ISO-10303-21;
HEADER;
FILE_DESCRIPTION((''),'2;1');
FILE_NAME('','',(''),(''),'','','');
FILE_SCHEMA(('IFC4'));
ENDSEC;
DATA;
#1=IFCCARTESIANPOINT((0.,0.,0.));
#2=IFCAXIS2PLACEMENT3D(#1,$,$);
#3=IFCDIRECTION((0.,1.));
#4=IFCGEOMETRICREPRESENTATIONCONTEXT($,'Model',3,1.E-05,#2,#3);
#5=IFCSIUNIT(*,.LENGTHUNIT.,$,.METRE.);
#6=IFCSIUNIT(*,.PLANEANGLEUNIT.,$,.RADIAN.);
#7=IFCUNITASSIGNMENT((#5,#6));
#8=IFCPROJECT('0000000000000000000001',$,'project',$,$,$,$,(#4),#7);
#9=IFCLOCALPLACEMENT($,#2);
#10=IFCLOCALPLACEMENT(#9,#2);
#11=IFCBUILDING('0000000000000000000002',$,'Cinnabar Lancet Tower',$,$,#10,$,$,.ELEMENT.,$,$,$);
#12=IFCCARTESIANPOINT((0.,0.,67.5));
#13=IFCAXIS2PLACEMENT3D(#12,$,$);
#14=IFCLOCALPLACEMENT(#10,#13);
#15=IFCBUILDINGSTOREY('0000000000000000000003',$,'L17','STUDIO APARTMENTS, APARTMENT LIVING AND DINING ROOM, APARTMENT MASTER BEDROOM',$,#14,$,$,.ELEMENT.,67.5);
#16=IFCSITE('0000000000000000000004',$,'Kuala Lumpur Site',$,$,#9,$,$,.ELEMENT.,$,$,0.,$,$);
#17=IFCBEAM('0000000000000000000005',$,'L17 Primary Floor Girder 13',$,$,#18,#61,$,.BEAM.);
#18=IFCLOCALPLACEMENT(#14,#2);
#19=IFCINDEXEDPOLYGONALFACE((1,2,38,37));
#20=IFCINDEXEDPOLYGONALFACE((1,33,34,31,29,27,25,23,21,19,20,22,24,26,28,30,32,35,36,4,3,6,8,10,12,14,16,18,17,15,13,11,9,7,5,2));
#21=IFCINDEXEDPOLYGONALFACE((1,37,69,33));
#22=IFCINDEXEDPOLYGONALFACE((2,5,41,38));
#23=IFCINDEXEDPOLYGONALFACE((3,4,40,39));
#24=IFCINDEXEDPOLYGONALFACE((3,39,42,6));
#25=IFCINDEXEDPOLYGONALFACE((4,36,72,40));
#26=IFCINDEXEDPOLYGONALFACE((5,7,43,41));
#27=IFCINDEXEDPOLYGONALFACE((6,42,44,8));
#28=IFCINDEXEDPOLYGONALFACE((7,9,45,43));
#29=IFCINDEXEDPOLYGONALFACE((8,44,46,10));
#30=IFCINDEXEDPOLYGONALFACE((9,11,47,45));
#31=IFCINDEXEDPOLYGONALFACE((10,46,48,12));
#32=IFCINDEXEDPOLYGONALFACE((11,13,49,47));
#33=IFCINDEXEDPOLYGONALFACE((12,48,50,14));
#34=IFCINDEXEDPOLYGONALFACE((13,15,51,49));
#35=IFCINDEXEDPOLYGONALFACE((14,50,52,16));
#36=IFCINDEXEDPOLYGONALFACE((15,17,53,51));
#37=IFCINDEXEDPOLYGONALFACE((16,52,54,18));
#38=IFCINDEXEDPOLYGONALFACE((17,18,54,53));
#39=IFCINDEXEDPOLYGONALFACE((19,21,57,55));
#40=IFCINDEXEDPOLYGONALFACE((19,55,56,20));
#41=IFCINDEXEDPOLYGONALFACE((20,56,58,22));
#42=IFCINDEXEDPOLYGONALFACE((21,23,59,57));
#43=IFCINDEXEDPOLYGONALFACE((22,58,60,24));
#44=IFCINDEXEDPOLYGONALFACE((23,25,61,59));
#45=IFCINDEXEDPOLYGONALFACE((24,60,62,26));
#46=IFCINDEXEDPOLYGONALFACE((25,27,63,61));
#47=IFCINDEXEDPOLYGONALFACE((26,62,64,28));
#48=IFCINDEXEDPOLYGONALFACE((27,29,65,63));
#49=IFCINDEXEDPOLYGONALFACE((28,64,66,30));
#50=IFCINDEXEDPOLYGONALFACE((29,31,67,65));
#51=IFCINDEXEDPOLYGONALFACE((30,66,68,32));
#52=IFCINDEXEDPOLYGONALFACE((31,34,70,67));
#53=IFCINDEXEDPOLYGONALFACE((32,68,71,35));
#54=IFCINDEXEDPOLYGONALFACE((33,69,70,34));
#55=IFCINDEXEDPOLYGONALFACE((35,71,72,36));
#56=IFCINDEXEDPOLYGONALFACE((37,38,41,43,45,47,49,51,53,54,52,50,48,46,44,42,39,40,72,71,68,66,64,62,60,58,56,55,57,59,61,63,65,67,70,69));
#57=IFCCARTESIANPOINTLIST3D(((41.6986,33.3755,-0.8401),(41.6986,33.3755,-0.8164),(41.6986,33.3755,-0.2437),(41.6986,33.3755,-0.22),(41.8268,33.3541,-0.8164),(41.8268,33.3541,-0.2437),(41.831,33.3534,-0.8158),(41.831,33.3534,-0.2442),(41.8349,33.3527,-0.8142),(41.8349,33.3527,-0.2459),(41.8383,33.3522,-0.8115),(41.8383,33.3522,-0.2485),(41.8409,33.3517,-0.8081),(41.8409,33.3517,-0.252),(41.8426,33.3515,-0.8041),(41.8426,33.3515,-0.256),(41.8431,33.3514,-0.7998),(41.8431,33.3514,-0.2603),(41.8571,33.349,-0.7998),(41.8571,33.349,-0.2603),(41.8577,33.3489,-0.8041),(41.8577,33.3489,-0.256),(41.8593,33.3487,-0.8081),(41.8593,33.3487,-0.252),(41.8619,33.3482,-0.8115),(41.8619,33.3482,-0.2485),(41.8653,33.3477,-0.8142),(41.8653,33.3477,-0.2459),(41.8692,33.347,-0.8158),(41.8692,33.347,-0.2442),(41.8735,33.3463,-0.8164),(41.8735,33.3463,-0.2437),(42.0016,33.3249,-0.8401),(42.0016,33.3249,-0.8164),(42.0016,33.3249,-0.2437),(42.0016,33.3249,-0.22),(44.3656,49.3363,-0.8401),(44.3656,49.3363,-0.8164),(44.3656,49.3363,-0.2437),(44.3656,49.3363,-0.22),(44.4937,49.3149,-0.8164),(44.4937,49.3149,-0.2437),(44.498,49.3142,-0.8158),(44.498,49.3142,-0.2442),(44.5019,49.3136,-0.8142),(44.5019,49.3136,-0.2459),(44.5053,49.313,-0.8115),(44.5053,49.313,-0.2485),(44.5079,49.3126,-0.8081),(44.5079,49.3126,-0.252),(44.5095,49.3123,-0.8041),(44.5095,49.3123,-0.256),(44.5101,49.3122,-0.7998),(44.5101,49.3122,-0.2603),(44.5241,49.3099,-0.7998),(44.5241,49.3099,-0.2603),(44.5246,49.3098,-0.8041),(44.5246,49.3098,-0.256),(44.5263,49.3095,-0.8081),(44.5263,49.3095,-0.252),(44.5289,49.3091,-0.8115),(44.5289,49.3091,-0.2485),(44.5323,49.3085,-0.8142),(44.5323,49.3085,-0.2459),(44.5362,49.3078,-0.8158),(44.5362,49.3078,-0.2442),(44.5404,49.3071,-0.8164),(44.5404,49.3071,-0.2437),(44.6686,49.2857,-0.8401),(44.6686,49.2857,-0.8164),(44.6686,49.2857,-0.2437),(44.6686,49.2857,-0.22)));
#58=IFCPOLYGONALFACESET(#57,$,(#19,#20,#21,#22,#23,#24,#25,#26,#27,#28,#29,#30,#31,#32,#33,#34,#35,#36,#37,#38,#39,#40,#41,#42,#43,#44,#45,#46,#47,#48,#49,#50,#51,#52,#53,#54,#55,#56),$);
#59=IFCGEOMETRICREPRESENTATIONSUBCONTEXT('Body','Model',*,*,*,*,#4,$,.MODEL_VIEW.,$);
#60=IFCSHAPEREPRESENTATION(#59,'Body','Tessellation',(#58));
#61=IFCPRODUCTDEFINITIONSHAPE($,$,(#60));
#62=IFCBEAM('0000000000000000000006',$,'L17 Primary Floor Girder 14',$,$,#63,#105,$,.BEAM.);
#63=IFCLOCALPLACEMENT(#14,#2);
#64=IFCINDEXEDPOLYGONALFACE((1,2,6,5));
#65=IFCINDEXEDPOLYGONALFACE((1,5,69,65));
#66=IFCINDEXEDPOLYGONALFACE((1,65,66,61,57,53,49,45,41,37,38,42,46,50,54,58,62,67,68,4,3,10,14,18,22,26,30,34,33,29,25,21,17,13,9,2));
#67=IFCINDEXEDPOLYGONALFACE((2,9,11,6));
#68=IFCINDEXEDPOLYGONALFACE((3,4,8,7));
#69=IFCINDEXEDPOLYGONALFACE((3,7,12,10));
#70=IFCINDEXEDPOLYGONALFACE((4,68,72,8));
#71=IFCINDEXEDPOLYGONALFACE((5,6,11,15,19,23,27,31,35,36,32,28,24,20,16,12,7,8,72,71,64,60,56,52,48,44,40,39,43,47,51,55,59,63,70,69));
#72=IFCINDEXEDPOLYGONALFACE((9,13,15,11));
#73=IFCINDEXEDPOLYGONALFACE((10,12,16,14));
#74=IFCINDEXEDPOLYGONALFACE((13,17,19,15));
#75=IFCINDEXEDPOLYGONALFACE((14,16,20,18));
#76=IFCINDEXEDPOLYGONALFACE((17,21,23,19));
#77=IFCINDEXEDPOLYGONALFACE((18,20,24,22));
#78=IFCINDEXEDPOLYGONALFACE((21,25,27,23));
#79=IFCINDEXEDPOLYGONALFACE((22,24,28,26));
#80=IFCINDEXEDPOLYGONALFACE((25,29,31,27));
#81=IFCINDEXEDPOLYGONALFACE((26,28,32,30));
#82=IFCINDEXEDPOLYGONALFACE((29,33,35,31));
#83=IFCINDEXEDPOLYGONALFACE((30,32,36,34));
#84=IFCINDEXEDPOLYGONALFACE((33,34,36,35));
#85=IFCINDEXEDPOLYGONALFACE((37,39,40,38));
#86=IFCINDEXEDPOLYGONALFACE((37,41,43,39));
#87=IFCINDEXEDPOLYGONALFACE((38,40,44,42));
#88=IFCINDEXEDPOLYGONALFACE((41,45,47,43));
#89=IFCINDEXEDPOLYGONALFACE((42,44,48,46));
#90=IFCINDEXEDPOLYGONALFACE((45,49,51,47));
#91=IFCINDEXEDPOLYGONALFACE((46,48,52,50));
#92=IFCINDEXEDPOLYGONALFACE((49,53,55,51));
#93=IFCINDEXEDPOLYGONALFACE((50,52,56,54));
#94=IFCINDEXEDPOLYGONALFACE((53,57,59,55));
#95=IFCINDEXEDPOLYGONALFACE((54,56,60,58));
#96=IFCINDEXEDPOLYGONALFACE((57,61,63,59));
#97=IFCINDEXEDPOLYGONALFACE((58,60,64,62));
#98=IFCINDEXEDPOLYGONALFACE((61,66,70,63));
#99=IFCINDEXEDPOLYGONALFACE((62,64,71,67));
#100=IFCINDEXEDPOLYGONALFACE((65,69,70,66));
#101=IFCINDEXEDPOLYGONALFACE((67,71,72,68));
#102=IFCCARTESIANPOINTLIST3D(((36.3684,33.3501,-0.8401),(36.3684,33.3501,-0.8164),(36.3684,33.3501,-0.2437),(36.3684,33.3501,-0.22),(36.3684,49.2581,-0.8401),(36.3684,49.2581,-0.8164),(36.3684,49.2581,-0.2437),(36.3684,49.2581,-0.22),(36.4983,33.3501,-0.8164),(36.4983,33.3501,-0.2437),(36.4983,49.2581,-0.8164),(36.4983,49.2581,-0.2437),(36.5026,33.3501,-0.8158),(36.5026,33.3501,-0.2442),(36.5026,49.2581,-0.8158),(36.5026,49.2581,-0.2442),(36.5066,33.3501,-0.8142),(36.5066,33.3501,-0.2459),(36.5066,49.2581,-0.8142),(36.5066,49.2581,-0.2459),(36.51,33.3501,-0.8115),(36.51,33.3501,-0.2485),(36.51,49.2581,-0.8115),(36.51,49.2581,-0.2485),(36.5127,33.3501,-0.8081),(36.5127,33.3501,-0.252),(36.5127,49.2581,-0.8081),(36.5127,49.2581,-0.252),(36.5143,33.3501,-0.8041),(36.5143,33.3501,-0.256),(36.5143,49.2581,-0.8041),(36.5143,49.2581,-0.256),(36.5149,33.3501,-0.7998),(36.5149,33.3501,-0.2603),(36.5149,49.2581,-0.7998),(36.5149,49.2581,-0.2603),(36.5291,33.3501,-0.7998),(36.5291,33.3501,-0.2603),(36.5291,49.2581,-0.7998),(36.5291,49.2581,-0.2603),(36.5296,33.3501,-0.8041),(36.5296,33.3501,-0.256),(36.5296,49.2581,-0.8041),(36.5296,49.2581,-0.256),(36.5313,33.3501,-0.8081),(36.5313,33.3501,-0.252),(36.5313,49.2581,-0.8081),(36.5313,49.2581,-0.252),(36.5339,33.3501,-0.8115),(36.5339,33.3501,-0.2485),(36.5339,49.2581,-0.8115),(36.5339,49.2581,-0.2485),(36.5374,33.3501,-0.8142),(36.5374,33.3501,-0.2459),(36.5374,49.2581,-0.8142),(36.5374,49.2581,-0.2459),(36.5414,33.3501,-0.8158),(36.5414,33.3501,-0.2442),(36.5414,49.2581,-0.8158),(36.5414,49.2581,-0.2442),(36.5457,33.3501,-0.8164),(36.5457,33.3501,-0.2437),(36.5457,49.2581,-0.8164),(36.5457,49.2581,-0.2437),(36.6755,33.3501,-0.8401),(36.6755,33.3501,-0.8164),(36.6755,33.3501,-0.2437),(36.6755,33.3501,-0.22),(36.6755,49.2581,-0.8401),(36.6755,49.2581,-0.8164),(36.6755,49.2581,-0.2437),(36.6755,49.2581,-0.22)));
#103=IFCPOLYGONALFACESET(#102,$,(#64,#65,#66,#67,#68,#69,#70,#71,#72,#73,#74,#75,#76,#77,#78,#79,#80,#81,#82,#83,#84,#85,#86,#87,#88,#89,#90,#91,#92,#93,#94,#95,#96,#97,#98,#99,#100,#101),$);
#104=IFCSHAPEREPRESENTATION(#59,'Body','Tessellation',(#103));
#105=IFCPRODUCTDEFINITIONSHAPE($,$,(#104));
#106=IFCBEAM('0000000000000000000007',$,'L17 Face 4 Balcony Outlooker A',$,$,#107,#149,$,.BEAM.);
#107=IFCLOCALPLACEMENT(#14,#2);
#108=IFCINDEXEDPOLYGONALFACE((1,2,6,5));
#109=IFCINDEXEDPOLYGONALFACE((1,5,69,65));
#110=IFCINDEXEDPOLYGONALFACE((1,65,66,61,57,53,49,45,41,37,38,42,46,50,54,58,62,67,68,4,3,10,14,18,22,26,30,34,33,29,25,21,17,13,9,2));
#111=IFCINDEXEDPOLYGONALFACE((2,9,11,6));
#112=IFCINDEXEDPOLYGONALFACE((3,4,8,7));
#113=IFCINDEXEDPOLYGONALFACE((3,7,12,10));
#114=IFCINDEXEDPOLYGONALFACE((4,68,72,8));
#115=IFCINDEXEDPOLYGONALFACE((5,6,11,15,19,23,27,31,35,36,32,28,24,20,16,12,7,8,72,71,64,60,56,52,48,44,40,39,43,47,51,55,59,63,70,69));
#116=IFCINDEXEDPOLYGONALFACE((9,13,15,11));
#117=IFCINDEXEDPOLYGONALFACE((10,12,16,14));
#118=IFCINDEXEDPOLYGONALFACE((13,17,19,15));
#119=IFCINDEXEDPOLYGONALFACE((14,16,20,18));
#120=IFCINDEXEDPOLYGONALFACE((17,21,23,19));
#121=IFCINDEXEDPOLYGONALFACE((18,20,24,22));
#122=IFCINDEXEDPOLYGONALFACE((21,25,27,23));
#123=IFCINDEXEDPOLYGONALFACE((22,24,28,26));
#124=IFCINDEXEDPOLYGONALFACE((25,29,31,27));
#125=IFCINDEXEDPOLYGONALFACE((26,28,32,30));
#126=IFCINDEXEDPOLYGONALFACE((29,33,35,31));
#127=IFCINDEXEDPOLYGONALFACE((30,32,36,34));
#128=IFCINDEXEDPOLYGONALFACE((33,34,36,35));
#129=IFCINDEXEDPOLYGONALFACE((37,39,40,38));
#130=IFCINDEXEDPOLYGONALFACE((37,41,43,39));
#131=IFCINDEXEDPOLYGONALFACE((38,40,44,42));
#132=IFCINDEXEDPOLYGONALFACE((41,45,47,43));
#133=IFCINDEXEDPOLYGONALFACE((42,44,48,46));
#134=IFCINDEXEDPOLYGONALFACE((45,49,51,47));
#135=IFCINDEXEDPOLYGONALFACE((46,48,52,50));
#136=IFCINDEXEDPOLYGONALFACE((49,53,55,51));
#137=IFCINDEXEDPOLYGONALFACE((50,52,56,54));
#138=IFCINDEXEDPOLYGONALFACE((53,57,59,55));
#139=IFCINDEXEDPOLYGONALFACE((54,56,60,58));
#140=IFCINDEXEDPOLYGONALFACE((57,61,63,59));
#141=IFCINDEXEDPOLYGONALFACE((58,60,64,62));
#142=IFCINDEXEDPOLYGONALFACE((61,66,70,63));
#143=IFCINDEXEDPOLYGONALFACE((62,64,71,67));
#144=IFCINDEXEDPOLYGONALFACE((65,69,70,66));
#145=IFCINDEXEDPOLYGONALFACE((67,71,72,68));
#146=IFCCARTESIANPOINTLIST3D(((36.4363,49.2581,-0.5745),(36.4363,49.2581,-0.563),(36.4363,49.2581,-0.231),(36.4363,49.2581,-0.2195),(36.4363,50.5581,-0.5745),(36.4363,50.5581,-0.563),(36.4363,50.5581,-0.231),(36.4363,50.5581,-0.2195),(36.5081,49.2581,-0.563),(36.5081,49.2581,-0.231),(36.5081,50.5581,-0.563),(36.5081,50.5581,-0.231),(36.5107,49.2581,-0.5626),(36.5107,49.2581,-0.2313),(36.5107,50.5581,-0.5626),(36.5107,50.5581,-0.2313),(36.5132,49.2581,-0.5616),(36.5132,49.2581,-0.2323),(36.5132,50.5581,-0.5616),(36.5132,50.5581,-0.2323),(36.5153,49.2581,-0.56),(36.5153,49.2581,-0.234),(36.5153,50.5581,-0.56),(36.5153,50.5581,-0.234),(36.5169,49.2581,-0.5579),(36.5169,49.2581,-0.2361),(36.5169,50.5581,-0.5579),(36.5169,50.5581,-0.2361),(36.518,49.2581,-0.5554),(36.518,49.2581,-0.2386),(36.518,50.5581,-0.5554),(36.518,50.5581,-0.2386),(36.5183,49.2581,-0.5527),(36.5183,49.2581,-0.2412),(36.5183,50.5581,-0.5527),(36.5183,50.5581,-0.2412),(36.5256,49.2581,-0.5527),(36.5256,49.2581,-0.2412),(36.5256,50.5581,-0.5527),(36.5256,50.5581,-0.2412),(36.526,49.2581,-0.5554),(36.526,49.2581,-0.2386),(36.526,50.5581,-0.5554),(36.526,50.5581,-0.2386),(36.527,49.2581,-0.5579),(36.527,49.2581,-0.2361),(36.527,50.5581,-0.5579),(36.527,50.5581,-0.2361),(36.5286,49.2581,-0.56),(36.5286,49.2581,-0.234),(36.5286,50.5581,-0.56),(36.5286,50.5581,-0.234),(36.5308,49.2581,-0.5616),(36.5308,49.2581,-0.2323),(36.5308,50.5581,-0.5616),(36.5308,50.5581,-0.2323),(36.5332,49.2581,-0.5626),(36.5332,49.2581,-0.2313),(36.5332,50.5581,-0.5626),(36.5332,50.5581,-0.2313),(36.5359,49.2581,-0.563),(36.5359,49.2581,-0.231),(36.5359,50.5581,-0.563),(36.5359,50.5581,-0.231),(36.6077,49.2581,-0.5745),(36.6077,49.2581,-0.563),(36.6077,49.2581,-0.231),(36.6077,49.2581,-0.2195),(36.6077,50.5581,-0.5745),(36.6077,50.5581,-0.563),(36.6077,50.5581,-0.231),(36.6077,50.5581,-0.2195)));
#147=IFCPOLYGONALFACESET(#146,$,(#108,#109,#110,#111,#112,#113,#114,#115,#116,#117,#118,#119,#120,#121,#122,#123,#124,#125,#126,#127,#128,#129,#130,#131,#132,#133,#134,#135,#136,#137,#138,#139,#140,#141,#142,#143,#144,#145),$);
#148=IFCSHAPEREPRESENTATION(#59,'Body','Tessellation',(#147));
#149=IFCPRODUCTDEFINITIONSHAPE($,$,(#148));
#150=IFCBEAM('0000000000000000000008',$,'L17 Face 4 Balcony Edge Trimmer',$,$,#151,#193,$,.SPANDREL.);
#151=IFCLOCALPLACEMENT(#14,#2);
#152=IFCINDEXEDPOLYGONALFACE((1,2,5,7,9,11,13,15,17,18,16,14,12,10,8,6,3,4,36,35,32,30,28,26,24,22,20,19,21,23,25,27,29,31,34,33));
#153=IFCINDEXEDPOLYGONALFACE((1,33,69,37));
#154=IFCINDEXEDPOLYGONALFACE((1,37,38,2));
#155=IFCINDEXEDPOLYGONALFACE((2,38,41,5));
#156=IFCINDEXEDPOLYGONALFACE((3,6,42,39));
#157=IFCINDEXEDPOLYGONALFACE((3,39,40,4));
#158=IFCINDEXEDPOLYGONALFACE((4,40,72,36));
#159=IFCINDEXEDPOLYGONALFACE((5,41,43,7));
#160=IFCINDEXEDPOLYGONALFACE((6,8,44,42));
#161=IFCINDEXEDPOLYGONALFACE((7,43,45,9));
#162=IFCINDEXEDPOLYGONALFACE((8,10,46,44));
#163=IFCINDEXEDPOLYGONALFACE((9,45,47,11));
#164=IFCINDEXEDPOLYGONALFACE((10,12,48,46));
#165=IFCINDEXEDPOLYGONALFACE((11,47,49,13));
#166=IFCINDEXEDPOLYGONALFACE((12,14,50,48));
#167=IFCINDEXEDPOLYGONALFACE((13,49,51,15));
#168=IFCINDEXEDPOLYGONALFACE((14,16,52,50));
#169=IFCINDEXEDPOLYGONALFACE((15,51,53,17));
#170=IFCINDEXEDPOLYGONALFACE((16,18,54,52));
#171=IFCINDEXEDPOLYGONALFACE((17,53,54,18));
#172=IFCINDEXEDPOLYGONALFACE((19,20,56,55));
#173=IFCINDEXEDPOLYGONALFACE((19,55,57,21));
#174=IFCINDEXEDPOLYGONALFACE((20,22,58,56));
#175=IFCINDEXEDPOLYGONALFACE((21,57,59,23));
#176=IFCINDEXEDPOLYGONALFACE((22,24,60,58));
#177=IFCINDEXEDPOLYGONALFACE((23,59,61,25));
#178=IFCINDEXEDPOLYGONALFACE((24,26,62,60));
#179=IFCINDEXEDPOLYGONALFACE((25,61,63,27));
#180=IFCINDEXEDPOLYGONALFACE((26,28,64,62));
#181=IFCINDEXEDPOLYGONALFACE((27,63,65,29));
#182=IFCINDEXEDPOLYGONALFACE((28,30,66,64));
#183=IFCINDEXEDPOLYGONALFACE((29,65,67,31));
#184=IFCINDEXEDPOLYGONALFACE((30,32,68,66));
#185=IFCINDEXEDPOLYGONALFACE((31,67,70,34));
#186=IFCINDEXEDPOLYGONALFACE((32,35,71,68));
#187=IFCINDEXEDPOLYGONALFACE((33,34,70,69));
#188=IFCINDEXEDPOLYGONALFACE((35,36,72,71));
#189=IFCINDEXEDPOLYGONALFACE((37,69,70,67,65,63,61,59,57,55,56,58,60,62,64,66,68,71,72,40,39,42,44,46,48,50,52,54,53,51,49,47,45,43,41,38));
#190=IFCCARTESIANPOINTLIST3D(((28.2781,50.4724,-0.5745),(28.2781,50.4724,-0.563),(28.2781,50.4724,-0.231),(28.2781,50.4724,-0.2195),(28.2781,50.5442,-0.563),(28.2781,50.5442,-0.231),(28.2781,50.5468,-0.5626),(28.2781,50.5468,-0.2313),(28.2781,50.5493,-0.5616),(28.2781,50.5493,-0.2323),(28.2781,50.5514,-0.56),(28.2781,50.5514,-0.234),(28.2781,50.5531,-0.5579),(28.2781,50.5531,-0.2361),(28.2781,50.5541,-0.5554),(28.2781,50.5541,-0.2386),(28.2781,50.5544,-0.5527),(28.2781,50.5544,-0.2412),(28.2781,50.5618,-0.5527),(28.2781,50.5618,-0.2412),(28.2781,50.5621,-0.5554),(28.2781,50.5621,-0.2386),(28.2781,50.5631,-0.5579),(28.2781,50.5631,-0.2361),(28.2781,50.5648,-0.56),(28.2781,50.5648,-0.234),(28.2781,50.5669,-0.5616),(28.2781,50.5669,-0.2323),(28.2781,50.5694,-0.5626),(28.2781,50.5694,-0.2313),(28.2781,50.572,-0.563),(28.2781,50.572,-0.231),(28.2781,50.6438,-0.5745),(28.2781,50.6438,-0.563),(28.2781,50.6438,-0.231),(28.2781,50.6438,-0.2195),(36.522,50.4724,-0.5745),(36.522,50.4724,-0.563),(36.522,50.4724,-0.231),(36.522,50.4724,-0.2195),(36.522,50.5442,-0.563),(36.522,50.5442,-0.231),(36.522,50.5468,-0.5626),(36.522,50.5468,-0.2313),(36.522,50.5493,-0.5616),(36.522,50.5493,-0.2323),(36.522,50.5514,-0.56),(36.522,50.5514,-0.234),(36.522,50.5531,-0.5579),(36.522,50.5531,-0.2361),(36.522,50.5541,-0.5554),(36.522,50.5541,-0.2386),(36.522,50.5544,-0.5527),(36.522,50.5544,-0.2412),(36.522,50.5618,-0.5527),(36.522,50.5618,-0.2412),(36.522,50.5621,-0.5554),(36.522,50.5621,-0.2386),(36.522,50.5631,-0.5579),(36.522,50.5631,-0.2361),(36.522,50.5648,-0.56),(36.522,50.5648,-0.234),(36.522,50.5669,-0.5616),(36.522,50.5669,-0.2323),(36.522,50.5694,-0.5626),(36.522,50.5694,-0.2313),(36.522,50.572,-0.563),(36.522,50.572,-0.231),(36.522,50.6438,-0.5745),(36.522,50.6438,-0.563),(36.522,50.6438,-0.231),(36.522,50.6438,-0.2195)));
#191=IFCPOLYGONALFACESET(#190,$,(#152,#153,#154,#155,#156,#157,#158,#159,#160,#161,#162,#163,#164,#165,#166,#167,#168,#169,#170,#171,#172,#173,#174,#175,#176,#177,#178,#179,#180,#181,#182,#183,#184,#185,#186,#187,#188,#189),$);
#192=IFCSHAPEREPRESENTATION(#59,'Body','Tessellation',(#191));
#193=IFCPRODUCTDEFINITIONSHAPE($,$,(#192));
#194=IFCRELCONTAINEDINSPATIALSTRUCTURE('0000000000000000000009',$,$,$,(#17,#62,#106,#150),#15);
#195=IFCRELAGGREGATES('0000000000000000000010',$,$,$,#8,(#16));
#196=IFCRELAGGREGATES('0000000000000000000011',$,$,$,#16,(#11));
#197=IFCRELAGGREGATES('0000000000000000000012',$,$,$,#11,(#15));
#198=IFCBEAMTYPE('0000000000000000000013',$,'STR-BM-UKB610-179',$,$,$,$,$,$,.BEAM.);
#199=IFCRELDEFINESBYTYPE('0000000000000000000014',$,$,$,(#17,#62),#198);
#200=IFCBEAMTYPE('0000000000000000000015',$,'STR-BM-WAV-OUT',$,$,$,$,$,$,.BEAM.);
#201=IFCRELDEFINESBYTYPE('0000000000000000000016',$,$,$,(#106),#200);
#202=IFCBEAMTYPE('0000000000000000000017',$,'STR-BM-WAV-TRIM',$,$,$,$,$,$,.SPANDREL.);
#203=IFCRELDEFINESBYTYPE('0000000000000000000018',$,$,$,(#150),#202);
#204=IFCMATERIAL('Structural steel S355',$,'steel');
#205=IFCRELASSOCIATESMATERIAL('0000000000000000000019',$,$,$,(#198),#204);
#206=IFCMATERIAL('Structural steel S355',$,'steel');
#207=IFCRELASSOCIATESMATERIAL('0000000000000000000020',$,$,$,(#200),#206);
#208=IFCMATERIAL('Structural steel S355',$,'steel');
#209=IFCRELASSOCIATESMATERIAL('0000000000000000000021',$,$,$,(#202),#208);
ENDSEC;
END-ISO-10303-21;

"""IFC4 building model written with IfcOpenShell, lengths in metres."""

from ifc_helpers import new_model, si_unit, direction, frame, origin, origin_2d, place, context, subcontext, project, spatial, i_section, extrude, material, material_profile, profile_set, type_object, element, save


model = new_model("IFC4")

# Units and contexts
model_context = context("Model", 3, precision=1e-05, world=origin(), true_north=direction((0.0, 1.0)))
body_context = subcontext(model_context, "Body", "Model", "MODEL_VIEW")
ifc_project = project(units=[si_unit("LENGTHUNIT", "METRE"), si_unit("PLANEANGLEUNIT", "RADIAN")], contexts=[model_context])

# Site, building, storey
site_placement = place(None, origin())
site = spatial("IfcSite", under=ifc_project, at=site_placement, Name="Kuala Lumpur Site", CompositionType="ELEMENT", RefElevation=0.0)
building_placement = place(site_placement, origin())
building = spatial("IfcBuilding", under=site, at=building_placement, Name="Cinnabar Lancet Tower", CompositionType="ELEMENT")
storey_placement = place(building_placement, frame((0.0, 0.0, 67.5)))
storey = spatial("IfcBuildingStorey", under=building, at=storey_placement, Name="L17", Description="STUDIO APARTMENTS, APARTMENT LIVING AND DINING ROOM, APARTMENT MASTER BEDROOM", CompositionType="ELEMENT", Elevation=67.5)

# Beams
ifc_material_1 = material(Name="Structural steel S355", Category="steel")
ifc_material_profile_1 = material_profile(ifc_material_1, i_section(OverallWidth=0.3071, OverallDepth=0.6201, WebThickness=0.0142, FlangeThickness=0.0237, FilletRadius=0.0166, at=origin_2d()), Name="UKB 610x305x179")
ifc_profile_set_1 = profile_set([ifc_material_profile_1], Name="Structural steel S355")
beam_type_1 = type_object("IfcBeamType", Name="STR-BM-UKB610-179", PredefinedType="BEAM", material=ifc_profile_set_1)
beam_1_placement = place(storey_placement, frame((44.5171, 49.311, -0.53), z_axis=(-0.16481, -0.986325, 0.0), x_axis=(0.986325, -0.16481, 0.0)))
element("IfcBeam", 1, at=beam_1_placement, inside=storey, type_object=beam_type_1, Name="L17 Primary Floor Girder 13", PredefinedType="BEAM", context=body_context, shape_type="SweptSolid", body=[
    extrude(i_section(OverallWidth=0.3071, OverallDepth=0.6201, WebThickness=0.0142, FlangeThickness=0.0237, FilletRadius=0.0166, at=origin_2d()), origin(), (0.0, 0.0, 1.0), 16.1821),
])
beam_2_placement = place(storey_placement, frame((36.522, 49.2581, -0.53), z_axis=(0.0, -1.0, 0.0), x_axis=(1.0, 0.0, 0.0)))
element("IfcBeam", 2, at=beam_2_placement, inside=storey, type_object=beam_type_1, Name="L17 Primary Floor Girder 14", PredefinedType="BEAM", context=body_context, shape_type="SweptSolid", body=[
    extrude(i_section(OverallWidth=0.3071, OverallDepth=0.6201, WebThickness=0.0142, FlangeThickness=0.0237, FilletRadius=0.0166, at=origin_2d()), origin(), (0.0, 0.0, 1.0), 15.908),
])
ifc_material_2 = material(Name="Structural steel S355", Category="steel")
ifc_material_profile_2 = material_profile(ifc_material_2, i_section(OverallWidth=0.1714, OverallDepth=0.355, WebThickness=0.0073, FlangeThickness=0.0115, FilletRadius=0.0103, at=origin_2d()), Name="UKB 356x171x51")
ifc_profile_set_2 = profile_set([ifc_material_profile_2], Name="Structural steel S355")
beam_type_2 = type_object("IfcBeamType", Name="STR-BM-WAV-OUT", PredefinedType="BEAM", material=ifc_profile_set_2)
beam_3_placement = place(storey_placement, frame((36.522, 49.2581, -0.397), z_axis=(0.0, 1.0, 0.0), x_axis=(-1.0, 0.0, 0.0)))
element("IfcBeam", 3, at=beam_3_placement, inside=storey, type_object=beam_type_2, Name="L17 Face 4 Balcony Outlooker A", PredefinedType="BEAM", context=body_context, shape_type="SweptSolid", body=[
    extrude(i_section(OverallWidth=0.1714, OverallDepth=0.355, WebThickness=0.0073, FlangeThickness=0.0115, FilletRadius=0.0103, at=origin_2d()), origin(), (0.0, 0.0, 1.0), 1.3),
])
ifc_material_3 = material(Name="Structural steel S355", Category="steel")
ifc_material_profile_3 = material_profile(ifc_material_3, i_section(OverallWidth=0.1714, OverallDepth=0.355, WebThickness=0.0073, FlangeThickness=0.0115, FilletRadius=0.0103, at=origin_2d()), Name="UKB 356x171x51")
ifc_profile_set_3 = profile_set([ifc_material_profile_3], Name="Structural steel S355")
beam_type_3 = type_object("IfcBeamType", Name="STR-BM-WAV-TRIM", PredefinedType="SPANDREL", material=ifc_profile_set_3)
beam_4_placement = place(storey_placement, frame((36.522, 50.5581, -0.397), z_axis=(-1.0, 0.0, 0.0), x_axis=(0.0, -1.0, 0.0)))
element("IfcBeam", 4, at=beam_4_placement, inside=storey, type_object=beam_type_3, Name="L17 Face 4 Balcony Edge Trimmer", PredefinedType="SPANDREL", context=body_context, shape_type="SweptSolid", body=[
    extrude(i_section(OverallWidth=0.1714, OverallDepth=0.355, WebThickness=0.0073, FlangeThickness=0.0115, FilletRadius=0.0103, at=origin_2d()), origin(), (0.0, 0.0, 1.0), 8.2439),
])

save(model, "model.ifc")
